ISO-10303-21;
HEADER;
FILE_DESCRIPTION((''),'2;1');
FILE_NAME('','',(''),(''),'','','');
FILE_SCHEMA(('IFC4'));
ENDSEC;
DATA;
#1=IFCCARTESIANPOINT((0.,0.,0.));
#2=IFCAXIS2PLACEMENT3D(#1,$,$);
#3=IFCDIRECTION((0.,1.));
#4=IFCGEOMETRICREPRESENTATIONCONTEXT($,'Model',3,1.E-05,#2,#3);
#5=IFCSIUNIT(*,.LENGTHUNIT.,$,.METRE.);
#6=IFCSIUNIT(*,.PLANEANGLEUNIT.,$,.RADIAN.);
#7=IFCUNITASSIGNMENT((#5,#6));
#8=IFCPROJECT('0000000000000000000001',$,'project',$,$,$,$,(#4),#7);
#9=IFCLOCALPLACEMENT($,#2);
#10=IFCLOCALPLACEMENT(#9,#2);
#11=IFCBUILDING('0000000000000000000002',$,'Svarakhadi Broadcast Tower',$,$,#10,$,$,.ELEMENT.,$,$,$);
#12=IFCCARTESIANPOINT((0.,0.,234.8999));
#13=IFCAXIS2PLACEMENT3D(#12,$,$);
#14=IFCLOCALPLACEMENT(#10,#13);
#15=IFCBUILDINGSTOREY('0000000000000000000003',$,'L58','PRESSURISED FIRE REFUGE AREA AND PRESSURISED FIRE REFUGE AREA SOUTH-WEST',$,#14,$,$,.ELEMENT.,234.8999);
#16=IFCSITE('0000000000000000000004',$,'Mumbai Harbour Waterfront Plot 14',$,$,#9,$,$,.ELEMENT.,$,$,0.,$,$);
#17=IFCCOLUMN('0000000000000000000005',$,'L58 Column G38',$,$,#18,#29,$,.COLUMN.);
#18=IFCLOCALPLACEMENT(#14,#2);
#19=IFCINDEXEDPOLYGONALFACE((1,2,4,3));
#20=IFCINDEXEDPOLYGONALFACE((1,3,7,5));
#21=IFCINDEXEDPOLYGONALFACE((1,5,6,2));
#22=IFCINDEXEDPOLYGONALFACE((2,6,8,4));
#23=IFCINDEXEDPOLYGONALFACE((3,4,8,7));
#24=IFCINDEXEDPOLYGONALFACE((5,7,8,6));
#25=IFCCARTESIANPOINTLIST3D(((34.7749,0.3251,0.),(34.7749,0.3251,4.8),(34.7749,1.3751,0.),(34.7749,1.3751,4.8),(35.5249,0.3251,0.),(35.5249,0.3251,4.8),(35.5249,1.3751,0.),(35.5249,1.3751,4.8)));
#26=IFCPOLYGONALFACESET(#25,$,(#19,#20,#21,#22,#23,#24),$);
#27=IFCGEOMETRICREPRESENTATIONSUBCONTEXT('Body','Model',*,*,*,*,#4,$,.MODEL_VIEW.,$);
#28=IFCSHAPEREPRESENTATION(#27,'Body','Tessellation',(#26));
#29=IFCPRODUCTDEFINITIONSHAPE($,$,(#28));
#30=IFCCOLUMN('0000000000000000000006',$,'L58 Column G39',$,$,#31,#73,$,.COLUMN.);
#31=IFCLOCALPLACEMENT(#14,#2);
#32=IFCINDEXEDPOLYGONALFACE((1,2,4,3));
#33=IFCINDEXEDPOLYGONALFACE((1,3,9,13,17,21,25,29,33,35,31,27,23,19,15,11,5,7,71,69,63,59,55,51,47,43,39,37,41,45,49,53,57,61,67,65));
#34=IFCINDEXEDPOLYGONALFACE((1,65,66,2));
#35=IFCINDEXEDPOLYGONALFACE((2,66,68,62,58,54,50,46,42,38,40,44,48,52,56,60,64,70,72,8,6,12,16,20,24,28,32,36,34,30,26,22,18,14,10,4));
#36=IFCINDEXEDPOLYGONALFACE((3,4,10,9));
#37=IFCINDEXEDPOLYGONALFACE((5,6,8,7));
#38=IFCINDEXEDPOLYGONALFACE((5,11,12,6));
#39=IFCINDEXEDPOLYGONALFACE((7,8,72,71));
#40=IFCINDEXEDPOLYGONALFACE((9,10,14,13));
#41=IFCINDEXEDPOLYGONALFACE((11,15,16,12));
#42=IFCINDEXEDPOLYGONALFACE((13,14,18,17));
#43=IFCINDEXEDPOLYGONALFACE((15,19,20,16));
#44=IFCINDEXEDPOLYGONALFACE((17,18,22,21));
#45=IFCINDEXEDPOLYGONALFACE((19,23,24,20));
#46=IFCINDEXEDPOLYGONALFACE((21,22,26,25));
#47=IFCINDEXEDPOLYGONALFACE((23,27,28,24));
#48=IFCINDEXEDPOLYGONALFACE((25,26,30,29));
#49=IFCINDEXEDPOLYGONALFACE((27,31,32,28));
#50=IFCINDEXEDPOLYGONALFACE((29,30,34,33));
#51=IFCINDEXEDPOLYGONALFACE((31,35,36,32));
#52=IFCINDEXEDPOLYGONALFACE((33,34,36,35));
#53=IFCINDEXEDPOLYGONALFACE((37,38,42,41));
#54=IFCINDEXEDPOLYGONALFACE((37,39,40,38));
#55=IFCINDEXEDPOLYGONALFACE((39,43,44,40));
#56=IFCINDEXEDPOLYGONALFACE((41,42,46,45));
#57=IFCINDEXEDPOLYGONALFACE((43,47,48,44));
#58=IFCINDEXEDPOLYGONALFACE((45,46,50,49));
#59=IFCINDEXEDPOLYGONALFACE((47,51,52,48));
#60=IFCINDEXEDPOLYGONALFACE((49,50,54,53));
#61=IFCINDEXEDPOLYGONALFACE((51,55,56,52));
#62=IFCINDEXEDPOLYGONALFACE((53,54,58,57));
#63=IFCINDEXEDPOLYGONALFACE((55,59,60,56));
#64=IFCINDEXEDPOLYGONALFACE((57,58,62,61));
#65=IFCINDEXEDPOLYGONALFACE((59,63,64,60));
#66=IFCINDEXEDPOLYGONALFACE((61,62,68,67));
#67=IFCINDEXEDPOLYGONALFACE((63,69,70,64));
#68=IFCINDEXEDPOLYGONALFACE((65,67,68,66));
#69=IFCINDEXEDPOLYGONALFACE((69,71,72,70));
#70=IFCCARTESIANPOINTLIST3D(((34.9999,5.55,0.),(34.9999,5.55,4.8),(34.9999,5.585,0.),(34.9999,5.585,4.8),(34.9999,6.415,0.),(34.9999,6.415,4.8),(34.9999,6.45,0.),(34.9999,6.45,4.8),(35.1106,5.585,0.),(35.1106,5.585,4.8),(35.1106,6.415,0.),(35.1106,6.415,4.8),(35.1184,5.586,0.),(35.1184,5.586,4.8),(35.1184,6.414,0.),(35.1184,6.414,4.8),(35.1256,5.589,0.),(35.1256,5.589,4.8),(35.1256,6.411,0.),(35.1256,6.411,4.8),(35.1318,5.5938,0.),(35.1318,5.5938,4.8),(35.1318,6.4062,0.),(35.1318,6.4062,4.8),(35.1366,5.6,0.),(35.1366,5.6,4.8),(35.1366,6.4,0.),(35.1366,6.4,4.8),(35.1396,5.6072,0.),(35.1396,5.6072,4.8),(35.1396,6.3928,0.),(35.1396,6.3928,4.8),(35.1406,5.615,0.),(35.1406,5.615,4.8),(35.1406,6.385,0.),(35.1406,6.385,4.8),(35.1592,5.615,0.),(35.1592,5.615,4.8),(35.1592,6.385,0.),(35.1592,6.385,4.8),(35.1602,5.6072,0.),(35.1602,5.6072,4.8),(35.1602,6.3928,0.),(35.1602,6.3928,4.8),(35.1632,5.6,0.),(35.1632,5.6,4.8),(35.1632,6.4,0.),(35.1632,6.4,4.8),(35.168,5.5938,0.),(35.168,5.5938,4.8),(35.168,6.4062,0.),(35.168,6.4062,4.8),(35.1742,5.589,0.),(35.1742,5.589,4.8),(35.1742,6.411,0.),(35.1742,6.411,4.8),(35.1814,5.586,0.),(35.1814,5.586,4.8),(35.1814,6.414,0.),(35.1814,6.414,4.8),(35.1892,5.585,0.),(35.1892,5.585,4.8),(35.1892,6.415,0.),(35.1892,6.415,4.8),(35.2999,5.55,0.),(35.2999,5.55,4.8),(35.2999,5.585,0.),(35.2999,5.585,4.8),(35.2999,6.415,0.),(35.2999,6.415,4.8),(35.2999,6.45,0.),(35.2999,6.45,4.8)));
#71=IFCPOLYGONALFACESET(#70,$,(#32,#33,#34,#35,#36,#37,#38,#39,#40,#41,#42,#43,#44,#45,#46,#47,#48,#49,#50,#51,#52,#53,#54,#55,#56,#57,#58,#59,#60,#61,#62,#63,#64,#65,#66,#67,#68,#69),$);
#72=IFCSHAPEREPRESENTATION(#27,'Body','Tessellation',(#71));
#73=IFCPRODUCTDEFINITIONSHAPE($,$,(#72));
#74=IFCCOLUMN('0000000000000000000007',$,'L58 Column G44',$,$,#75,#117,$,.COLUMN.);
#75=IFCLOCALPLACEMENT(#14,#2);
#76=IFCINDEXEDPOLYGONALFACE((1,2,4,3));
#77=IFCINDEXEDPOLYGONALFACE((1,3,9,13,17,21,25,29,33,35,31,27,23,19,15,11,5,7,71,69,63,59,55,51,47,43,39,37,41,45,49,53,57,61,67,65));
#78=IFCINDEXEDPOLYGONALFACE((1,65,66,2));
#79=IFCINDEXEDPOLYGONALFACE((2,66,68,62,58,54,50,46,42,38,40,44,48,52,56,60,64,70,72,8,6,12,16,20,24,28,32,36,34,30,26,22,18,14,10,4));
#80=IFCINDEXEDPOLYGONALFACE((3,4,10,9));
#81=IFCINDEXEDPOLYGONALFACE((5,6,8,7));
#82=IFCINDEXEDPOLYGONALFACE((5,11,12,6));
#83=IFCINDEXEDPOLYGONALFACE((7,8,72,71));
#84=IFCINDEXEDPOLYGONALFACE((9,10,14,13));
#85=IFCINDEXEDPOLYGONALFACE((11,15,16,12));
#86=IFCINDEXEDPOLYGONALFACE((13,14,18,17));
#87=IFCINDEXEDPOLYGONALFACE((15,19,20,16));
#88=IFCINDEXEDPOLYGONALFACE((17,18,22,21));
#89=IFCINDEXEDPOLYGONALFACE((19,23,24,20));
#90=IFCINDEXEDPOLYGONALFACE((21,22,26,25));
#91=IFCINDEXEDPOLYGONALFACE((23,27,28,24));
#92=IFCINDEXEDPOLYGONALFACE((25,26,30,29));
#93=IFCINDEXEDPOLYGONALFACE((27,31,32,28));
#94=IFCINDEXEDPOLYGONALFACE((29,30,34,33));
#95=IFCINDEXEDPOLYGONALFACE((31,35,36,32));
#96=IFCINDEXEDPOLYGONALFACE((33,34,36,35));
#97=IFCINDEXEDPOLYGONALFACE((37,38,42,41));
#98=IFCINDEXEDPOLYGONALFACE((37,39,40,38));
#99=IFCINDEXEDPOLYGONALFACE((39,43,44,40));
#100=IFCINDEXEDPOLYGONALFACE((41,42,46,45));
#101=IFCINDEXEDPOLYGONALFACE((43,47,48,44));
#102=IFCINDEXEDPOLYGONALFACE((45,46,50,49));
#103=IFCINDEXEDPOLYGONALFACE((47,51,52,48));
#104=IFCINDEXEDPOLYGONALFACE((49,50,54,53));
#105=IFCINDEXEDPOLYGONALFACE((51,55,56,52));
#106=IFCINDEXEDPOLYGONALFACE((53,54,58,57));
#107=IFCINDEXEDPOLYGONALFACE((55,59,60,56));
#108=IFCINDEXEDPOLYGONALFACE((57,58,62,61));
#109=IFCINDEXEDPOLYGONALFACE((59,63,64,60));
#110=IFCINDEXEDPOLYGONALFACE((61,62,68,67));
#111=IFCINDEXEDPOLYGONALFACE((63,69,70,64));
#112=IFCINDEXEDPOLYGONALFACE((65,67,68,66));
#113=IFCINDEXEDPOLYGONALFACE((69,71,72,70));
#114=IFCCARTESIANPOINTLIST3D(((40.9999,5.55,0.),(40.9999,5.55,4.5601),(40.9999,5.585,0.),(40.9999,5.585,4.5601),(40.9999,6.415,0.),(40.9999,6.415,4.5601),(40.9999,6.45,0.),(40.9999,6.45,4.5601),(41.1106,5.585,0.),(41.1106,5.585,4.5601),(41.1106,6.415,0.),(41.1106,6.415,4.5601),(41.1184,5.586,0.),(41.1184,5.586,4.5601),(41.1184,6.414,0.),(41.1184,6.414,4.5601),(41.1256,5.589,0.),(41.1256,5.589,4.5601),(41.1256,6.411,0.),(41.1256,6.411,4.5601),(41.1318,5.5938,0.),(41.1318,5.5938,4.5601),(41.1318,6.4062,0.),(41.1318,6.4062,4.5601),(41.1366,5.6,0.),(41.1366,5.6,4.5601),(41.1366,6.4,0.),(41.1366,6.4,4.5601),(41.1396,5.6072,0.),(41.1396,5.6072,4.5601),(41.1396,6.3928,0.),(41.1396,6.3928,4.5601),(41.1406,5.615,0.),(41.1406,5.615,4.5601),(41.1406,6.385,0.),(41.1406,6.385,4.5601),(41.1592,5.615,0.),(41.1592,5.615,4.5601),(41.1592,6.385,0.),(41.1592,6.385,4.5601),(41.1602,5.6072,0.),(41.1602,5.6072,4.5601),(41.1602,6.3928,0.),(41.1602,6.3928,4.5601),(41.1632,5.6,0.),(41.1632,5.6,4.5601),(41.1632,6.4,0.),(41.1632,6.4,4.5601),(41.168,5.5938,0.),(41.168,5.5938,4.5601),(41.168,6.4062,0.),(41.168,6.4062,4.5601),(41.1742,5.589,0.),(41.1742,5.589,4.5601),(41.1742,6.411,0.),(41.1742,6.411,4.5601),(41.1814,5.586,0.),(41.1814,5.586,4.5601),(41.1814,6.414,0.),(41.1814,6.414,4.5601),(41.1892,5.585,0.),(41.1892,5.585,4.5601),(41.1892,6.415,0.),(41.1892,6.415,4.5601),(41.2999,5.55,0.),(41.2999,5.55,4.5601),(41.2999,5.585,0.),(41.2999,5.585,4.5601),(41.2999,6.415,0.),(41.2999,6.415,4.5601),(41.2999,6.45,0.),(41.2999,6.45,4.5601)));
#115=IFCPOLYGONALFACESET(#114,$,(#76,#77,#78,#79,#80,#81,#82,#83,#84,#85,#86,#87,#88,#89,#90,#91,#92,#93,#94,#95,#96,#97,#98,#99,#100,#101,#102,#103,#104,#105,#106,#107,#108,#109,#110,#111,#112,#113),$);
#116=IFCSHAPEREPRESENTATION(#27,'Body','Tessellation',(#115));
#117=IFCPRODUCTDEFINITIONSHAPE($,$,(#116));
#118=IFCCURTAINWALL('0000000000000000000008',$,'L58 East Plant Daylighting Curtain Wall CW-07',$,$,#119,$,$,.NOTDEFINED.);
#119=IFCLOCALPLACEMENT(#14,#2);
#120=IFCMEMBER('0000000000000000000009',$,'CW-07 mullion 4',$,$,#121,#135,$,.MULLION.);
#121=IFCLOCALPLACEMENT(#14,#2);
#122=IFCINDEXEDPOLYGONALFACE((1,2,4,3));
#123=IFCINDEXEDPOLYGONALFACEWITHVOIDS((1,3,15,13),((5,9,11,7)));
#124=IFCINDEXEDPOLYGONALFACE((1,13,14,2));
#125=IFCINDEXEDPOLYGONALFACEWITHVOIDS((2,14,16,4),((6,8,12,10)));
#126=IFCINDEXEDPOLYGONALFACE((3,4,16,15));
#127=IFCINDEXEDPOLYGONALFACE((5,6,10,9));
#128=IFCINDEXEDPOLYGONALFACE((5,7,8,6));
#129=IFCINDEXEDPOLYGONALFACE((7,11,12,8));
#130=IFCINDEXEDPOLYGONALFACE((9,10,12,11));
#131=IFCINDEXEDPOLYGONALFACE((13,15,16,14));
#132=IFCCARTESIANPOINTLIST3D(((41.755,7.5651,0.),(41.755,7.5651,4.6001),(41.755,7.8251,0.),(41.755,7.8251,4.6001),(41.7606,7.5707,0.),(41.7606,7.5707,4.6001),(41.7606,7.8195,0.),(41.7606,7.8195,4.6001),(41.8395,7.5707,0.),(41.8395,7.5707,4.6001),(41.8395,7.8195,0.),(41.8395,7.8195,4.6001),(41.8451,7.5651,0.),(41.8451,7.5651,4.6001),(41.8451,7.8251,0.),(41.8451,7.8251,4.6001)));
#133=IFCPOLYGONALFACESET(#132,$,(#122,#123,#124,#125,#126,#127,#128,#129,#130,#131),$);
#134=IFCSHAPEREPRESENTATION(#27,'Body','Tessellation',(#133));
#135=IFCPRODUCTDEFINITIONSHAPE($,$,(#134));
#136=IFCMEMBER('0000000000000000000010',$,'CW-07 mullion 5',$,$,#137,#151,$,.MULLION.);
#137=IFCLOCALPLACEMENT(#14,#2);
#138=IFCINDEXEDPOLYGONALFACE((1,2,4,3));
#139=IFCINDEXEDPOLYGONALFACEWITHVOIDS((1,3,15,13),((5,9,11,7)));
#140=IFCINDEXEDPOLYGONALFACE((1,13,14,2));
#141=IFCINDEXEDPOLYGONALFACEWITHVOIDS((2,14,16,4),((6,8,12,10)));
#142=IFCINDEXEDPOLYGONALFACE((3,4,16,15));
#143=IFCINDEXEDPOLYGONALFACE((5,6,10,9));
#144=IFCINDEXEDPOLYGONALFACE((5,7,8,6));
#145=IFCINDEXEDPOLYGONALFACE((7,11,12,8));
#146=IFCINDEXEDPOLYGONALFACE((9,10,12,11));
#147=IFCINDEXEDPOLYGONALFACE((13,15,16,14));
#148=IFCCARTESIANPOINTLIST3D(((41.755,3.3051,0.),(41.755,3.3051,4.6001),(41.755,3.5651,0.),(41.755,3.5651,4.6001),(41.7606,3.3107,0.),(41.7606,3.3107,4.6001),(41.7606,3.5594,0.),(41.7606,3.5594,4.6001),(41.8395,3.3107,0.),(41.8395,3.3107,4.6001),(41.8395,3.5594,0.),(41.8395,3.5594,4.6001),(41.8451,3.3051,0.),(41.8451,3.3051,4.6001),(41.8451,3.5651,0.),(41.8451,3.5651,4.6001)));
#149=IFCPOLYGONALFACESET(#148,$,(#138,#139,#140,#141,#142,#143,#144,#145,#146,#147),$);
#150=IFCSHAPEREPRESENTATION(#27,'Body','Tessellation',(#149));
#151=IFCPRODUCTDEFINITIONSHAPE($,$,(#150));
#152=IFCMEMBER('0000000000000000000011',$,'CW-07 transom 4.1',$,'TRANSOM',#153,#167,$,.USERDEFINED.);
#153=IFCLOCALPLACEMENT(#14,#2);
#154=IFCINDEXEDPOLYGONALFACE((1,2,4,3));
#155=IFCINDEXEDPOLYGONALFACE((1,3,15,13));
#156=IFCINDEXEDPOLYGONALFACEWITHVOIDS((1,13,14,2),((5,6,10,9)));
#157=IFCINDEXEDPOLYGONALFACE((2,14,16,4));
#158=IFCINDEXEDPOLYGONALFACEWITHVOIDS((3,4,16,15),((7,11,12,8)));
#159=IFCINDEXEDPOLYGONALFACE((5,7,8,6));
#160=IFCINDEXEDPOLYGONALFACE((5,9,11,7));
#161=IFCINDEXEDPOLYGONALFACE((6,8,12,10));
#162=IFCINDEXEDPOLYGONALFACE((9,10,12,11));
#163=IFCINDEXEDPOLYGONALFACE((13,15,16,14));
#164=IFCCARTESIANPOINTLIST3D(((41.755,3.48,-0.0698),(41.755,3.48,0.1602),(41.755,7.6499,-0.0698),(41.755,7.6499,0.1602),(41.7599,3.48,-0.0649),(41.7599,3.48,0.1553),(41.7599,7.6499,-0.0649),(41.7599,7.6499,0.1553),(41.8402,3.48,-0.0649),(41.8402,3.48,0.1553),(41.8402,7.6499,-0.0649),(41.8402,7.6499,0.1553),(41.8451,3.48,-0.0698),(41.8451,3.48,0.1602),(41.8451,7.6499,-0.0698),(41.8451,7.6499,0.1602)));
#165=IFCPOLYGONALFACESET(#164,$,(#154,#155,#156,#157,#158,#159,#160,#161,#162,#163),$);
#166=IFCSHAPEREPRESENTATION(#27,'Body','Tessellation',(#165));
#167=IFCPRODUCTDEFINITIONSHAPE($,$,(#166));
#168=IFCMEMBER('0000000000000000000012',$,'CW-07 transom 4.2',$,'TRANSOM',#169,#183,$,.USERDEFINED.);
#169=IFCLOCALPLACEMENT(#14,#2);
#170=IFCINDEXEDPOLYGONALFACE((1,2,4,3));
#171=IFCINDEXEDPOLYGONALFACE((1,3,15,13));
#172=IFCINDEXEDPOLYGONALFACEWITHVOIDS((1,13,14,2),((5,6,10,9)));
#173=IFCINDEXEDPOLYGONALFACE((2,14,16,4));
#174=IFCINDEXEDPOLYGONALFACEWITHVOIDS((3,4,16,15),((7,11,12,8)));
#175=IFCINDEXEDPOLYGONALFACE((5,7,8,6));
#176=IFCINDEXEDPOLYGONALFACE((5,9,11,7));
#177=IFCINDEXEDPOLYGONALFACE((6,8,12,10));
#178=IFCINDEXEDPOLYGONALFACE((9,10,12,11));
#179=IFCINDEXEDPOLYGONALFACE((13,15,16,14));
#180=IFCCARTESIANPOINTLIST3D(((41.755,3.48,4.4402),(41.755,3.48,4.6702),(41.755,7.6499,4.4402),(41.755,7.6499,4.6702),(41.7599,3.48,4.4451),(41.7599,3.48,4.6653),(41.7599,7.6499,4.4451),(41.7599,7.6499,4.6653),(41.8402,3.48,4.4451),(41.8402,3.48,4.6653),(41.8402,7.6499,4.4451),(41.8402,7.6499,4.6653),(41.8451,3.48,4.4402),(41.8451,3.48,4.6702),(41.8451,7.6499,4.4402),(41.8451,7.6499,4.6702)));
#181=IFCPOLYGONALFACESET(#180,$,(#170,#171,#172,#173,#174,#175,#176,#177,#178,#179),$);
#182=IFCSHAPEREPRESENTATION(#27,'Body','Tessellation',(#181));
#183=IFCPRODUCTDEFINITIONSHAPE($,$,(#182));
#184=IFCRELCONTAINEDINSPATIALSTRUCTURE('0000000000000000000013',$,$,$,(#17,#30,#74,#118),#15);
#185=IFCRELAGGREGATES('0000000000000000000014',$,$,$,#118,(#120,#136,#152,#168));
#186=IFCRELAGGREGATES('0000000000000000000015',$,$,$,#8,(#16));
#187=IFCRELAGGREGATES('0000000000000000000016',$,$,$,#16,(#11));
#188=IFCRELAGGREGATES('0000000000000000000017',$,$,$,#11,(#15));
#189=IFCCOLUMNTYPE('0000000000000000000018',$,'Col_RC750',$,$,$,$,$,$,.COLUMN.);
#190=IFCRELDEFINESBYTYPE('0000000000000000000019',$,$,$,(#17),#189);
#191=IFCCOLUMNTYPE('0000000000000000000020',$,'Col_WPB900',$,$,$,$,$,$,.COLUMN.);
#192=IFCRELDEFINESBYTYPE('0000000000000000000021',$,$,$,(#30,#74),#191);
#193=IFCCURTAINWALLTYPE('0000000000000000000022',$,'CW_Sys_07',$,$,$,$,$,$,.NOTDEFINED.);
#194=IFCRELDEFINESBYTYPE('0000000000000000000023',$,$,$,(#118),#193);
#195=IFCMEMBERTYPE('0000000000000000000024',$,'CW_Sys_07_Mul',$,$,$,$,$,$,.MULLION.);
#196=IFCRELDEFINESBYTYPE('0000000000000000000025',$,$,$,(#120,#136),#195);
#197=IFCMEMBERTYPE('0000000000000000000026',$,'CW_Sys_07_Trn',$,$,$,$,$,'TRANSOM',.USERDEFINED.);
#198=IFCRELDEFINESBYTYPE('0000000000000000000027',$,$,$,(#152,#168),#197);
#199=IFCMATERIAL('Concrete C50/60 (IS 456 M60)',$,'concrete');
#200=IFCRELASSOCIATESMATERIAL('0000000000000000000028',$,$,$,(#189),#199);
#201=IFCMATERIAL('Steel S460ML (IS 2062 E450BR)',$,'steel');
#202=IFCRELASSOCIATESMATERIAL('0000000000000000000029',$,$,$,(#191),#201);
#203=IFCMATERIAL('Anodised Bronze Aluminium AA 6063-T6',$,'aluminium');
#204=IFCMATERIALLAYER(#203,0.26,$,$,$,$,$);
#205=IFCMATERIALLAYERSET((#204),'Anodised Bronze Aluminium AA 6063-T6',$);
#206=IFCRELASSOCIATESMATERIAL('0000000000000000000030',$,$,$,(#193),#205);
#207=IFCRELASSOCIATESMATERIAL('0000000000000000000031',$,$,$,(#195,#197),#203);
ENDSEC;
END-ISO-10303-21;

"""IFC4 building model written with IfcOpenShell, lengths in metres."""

from ifc_helpers import new_model, si_unit, direction, frame, origin, origin_2d, place, context, subcontext, project, spatial, rectangle, hollow_rectangle, i_section, extrude, material, layer, layer_set, material_profile, profile_set, type_object, element, aggregate, save


model = new_model("IFC4")

# Units and contexts
model_context = context("Model", 3, precision=1e-05, world=origin(), true_north=direction((0.0, 1.0)))
body_context = subcontext(model_context, "Body", "Model", "MODEL_VIEW")
ifc_project = project(units=[si_unit("LENGTHUNIT", "METRE"), si_unit("PLANEANGLEUNIT", "RADIAN")], contexts=[model_context])

# Site, building, storey
site_placement = place(None, origin())
site = spatial("IfcSite", under=ifc_project, at=site_placement, Name="Mumbai Harbour Waterfront Plot 14", CompositionType="ELEMENT", RefElevation=0.0)
building_placement = place(site_placement, origin())
building = spatial("IfcBuilding", under=site, at=building_placement, Name="Svarakhadi Broadcast Tower", CompositionType="ELEMENT")
storey_placement = place(building_placement, frame((0.0, 0.0, 234.8999)))
storey = spatial("IfcBuildingStorey", under=building, at=storey_placement, Name="L58", Description="PRESSURISED FIRE REFUGE AREA AND PRESSURISED FIRE REFUGE AREA SOUTH-WEST", CompositionType="ELEMENT", Elevation=234.8999)

# Columns
ifc_material_1 = material(Name="Concrete C50/60 (IS 456 M60)", Category="concrete")
ifc_material_profile_1 = material_profile(ifc_material_1, rectangle(XDim=0.75, YDim=1.05, at=origin_2d()), Name="RC 750x1050")
ifc_profile_set_1 = profile_set([ifc_material_profile_1], Name="Concrete C50/60 (IS 456 M60)")
column_type_1 = type_object("IfcColumnType", Name="Col_RC750", PredefinedType="COLUMN", material=ifc_profile_set_1)
column_1_placement = place(storey_placement, frame((35.1499, 0.8501, 0.0), z_axis=(0.0, 0.0, 1.0), x_axis=(1.0, 0.0, 0.0)))
element("IfcColumn", 1, at=column_1_placement, inside=storey, type_object=column_type_1, Name="L58 Column G38", PredefinedType="COLUMN", context=body_context, shape_type="SweptSolid", body=[
    extrude(rectangle(XDim=0.75, YDim=1.05, at=origin_2d()), origin(), (0.0, 0.0, 1.0), 4.8),
])
ifc_material_2 = material(Name="Steel S460ML (IS 2062 E450BR)", Category="steel")
ifc_material_profile_2 = material_profile(ifc_material_2, i_section(OverallWidth=0.3, OverallDepth=0.8999, WebThickness=0.0186, FlangeThickness=0.0349, FilletRadius=0.03, at=origin_2d()), Name="WPB 900x300x291")
ifc_profile_set_2 = profile_set([ifc_material_profile_2], Name="Steel S460ML (IS 2062 E450BR)")
column_type_2 = type_object("IfcColumnType", Name="Col_WPB900", PredefinedType="COLUMN", material=ifc_profile_set_2)
column_2_placement = place(storey_placement, frame((35.1499, 6.0, 0.0), z_axis=(0.0, 0.0, 1.0), x_axis=(1.0, 0.0, 0.0)))
element("IfcColumn", 2, at=column_2_placement, inside=storey, type_object=column_type_2, Name="L58 Column G39", PredefinedType="COLUMN", context=body_context, shape_type="SweptSolid", body=[
    extrude(i_section(OverallWidth=0.3, OverallDepth=0.8999, WebThickness=0.0186, FlangeThickness=0.0349, FilletRadius=0.03, at=origin_2d()), origin(), (0.0, 0.0, 1.0), 4.8),
])
column_3_placement = place(storey_placement, frame((41.1499, 6.0, 0.0), z_axis=(0.0, 0.0, 1.0), x_axis=(1.0, 0.0, 0.0)))
element("IfcColumn", 3, at=column_3_placement, inside=storey, type_object=column_type_2, Name="L58 Column G44", PredefinedType="COLUMN", context=body_context, shape_type="SweptSolid", body=[
    extrude(i_section(OverallWidth=0.3, OverallDepth=0.8999, WebThickness=0.0186, FlangeThickness=0.0349, FilletRadius=0.03, at=origin_2d()), origin(), (0.0, 0.0, 1.0), 4.5601),
])

# Curtain wall, members
ifc_material_3 = material(Name="Anodised Bronze Aluminium AA 6063-T6", Category="aluminium")
ifc_layer_1 = layer(ifc_material_3, 0.26)
ifc_layer_set_1 = layer_set([ifc_layer_1], Name="Anodised Bronze Aluminium AA 6063-T6")
curtain_wall_type = type_object("IfcCurtainWallType", Name="CW_Sys_07", PredefinedType="NOTDEFINED", material=ifc_layer_set_1)
curtain_wall_placement = place(storey_placement, origin())
curtain_wall = element("IfcCurtainWall", 4, at=curtain_wall_placement, inside=storey, type_object=curtain_wall_type, Name="L58 East Plant Daylighting Curtain Wall CW-07", PredefinedType="NOTDEFINED")
ifc_material_profile_3 = material_profile(ifc_material_3, hollow_rectangle(XDim=0.0901, YDim=0.26, WallThickness=0.0056, at=origin_2d()), Name="ALU MULLION 260x90x6")
ifc_profile_set_3 = profile_set([ifc_material_profile_3], Name="Anodised Bronze Aluminium AA 6063-T6")
member_type_1 = type_object("IfcMemberType", Name="CW_Sys_07_Mul", PredefinedType="MULLION", material=ifc_profile_set_3)
member_1_placement = place(storey_placement, frame((41.8, 7.6951, 0.0), z_axis=(0.0, 0.0, 1.0), x_axis=(1.0, 0.0, 0.0)))
member_1 = element("IfcMember", 5, at=member_1_placement, type_object=member_type_1, Name="CW-07 mullion 4", PredefinedType="MULLION", context=body_context, shape_type="SweptSolid", body=[
    extrude(hollow_rectangle(XDim=0.0901, YDim=0.26, WallThickness=0.0056, at=origin_2d()), origin(), (0.0, 0.0, 1.0), 4.6001),
])
member_2_placement = place(storey_placement, frame((41.8, 3.4351, 0.0), z_axis=(0.0, 0.0, 1.0), x_axis=(1.0, 0.0, 0.0)))
member_2 = element("IfcMember", 6, at=member_2_placement, type_object=member_type_1, Name="CW-07 mullion 5", PredefinedType="MULLION", context=body_context, shape_type="SweptSolid", body=[
    extrude(hollow_rectangle(XDim=0.0901, YDim=0.26, WallThickness=0.0056, at=origin_2d()), origin(), (0.0, 0.0, 1.0), 4.6001),
])
ifc_material_profile_4 = material_profile(ifc_material_3, hollow_rectangle(XDim=0.0901, YDim=0.23, WallThickness=0.0049, at=origin_2d()), Name="ALU TRANSOM 230x90x5")
ifc_profile_set_4 = profile_set([ifc_material_profile_4], Name="Anodised Bronze Aluminium AA 6063-T6")
member_type_2 = type_object("IfcMemberType", Name="CW_Sys_07_Trn", ElementType="TRANSOM", PredefinedType="USERDEFINED", material=ifc_profile_set_4)
member_3_placement = place(storey_placement, frame((41.8, 7.6499, 0.0452), z_axis=(0.0, -1.0, 0.0), x_axis=(1.0, 0.0, 0.0)))
member_3 = element("IfcMember", 7, at=member_3_placement, type_object=member_type_2, Name="CW-07 transom 4.1", ObjectType="TRANSOM", PredefinedType="USERDEFINED", context=body_context, shape_type="SweptSolid", body=[
    extrude(hollow_rectangle(XDim=0.0901, YDim=0.23, WallThickness=0.0049, at=origin_2d()), origin(), (0.0, 0.0, 1.0), 4.1699),
])
member_4_placement = place(storey_placement, frame((41.8, 7.6499, 4.5552), z_axis=(0.0, -1.0, 0.0), x_axis=(1.0, 0.0, 0.0)))
member_4 = element("IfcMember", 8, at=member_4_placement, type_object=member_type_2, Name="CW-07 transom 4.2", ObjectType="TRANSOM", PredefinedType="USERDEFINED", context=body_context, shape_type="SweptSolid", body=[
    extrude(hollow_rectangle(XDim=0.0901, YDim=0.23, WallThickness=0.0049, at=origin_2d()), origin(), (0.0, 0.0, 1.0), 4.1699),
])

aggregate(curtain_wall, [member_1, member_2, member_3, member_4])

save(model, "model.ifc")
